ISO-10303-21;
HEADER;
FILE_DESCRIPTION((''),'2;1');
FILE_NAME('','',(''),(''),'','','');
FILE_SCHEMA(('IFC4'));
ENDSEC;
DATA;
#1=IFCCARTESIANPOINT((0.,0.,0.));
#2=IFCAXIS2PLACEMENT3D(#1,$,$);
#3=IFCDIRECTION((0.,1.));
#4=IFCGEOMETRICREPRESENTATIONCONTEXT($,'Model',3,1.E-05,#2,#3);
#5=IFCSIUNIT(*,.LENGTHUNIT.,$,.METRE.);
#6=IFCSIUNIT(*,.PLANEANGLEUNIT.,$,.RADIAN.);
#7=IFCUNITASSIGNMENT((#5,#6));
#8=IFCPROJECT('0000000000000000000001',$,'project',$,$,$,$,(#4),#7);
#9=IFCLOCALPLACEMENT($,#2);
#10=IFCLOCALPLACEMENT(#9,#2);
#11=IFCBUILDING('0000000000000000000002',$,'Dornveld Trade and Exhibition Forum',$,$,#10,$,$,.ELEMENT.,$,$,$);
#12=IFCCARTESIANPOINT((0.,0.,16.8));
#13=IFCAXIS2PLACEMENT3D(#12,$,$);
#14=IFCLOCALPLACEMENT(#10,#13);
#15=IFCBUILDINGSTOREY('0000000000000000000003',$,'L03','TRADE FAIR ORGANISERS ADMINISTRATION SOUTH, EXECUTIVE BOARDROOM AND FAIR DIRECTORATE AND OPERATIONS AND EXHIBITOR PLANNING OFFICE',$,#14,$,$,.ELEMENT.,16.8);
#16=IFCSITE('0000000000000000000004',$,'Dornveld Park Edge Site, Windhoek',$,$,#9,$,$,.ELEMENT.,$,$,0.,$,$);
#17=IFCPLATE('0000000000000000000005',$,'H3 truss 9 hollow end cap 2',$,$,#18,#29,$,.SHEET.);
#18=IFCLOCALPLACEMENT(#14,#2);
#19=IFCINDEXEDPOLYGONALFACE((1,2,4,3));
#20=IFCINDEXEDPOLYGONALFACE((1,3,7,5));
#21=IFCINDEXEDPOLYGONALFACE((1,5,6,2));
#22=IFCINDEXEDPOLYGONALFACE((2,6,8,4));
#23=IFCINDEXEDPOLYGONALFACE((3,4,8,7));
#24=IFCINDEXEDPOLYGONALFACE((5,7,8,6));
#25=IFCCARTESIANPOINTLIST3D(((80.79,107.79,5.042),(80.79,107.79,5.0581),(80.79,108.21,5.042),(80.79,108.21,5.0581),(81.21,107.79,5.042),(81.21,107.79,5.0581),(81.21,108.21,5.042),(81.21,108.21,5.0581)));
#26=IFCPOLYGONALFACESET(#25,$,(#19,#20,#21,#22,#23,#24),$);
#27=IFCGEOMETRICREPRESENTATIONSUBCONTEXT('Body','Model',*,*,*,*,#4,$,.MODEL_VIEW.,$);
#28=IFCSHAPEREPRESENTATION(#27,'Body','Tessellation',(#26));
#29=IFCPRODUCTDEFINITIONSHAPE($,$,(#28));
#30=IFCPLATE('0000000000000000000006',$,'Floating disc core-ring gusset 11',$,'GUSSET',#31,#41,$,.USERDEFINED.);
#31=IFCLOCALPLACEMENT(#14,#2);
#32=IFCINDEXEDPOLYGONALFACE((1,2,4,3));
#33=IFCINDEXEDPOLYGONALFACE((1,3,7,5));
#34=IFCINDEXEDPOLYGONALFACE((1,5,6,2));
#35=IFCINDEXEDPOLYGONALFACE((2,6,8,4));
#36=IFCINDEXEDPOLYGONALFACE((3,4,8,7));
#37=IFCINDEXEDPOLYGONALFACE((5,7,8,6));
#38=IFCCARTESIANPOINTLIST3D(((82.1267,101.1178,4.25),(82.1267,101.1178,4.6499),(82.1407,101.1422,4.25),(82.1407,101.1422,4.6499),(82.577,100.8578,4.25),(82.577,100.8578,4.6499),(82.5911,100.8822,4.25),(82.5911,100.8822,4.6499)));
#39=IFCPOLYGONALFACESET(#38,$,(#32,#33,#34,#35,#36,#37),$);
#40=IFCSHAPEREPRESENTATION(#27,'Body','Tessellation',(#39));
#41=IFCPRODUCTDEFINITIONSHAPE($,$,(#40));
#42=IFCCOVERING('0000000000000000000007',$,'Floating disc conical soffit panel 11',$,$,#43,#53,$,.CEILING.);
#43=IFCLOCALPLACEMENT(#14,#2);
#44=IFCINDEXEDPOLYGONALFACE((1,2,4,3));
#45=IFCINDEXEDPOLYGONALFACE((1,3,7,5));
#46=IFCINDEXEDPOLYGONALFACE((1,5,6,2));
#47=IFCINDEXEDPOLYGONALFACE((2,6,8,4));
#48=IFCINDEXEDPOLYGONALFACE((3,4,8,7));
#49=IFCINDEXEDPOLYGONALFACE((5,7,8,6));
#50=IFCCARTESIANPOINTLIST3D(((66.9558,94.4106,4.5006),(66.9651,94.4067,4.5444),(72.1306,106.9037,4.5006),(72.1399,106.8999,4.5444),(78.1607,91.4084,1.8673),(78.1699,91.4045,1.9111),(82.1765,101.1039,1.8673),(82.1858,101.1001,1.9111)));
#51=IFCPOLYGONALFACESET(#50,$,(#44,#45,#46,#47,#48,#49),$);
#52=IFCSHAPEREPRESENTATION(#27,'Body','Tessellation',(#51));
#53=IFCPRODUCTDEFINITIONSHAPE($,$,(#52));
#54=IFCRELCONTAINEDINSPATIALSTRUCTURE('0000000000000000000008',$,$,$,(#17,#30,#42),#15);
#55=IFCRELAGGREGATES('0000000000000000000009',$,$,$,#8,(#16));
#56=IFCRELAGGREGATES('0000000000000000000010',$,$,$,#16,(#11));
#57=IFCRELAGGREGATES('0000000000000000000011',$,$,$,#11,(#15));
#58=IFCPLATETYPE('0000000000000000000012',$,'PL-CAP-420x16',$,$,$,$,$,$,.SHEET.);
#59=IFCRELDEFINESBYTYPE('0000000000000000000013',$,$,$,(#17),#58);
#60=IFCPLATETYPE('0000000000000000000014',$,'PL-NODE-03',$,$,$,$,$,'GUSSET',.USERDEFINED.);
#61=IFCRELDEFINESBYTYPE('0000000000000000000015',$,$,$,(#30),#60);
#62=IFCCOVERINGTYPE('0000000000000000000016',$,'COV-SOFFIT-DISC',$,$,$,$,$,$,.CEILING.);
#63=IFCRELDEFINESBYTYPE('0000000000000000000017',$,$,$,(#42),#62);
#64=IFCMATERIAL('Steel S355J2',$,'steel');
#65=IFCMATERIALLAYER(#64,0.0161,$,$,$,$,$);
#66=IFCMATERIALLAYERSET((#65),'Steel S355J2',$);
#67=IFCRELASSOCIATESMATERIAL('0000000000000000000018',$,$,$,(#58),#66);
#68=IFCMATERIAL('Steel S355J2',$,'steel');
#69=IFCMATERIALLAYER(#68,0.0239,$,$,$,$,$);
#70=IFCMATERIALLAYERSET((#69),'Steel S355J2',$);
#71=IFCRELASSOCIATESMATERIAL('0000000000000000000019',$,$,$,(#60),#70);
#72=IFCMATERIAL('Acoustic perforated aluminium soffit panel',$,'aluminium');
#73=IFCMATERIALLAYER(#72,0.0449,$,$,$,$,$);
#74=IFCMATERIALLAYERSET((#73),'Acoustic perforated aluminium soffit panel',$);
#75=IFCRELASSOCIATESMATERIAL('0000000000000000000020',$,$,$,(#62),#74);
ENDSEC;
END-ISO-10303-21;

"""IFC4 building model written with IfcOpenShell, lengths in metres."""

from ifc_helpers import new_model, si_unit, direction, frame, origin, origin_2d, place, context, subcontext, project, spatial, polyline, rectangle, outline, extrude, material, layer, layer_set, type_object, element, save


model = new_model("IFC4")

# Units and contexts
model_context = context("Model", 3, precision=1e-05, world=origin(), true_north=direction((0.0, 1.0)))
body_context = subcontext(model_context, "Body", "Model", "MODEL_VIEW")
ifc_project = project(units=[si_unit("LENGTHUNIT", "METRE"), si_unit("PLANEANGLEUNIT", "RADIAN")], contexts=[model_context])

# Site, building, storey
site_placement = place(None, origin())
site = spatial("IfcSite", under=ifc_project, at=site_placement, Name="Dornveld Park Edge Site, Windhoek", CompositionType="ELEMENT", RefElevation=0.0)
building_placement = place(site_placement, origin())
building = spatial("IfcBuilding", under=site, at=building_placement, Name="Dornveld Trade and Exhibition Forum", CompositionType="ELEMENT")
storey_placement = place(building_placement, frame((0.0, 0.0, 16.8)))
storey = spatial("IfcBuildingStorey", under=building, at=storey_placement, Name="L03", Description="TRADE FAIR ORGANISERS ADMINISTRATION SOUTH, EXECUTIVE BOARDROOM AND FAIR DIRECTORATE AND OPERATIONS AND EXHIBITOR PLANNING OFFICE", CompositionType="ELEMENT", Elevation=16.8)

# Plates
ifc_material_1 = material(Name="Steel S355J2", Category="steel")
ifc_layer_1 = layer(ifc_material_1, 0.0161)
ifc_layer_set_1 = layer_set([ifc_layer_1], Name="Steel S355J2")
plate_type_1 = type_object("IfcPlateType", Name="PL-CAP-420x16", PredefinedType="SHEET", material=ifc_layer_set_1)
for number, where, z_axis, x_axis, name in (
    (1, (81.0, 108.0, 5.042), (0.0, 0.0, 1.0), (1.0, 0.0, 0.0), "H3 truss 9 hollow end cap 2"),
):
    element("IfcPlate", number, at=place(storey_placement, frame(where, z_axis=z_axis, x_axis=x_axis)), inside=storey, type_object=plate_type_1, Name=name, PredefinedType="SHEET", context=body_context, shape_type="SweptSolid", body=[
        extrude(rectangle(XDim=0.4199, YDim=0.4199, at=origin_2d()), origin(), (0.0, 0.0, 1.0), 0.0161),
    ])
ifc_material_2 = material(Name="Steel S355J2", Category="steel")
ifc_layer_2 = layer(ifc_material_2, 0.0239)
ifc_layer_set_2 = layer_set([ifc_layer_2], Name="Steel S355J2")
plate_type_2 = type_object("IfcPlateType", Name="PL-NODE-03", ElementType="GUSSET", PredefinedType="USERDEFINED", material=ifc_layer_set_2)
plate_placement = place(storey_placement, frame((82.3589, 101.0, 4.25), z_axis=(0.0, 0.0, 1.0), x_axis=(-0.866025, 0.5, 0.0)))
element("IfcPlate", 2, at=plate_placement, inside=storey, type_object=plate_type_2, Name="Floating disc core-ring gusset 11", ObjectType="GUSSET", PredefinedType="USERDEFINED", context=body_context, shape_type="SweptSolid", body=[
    extrude(rectangle(XDim=0.52, YDim=0.0281, at=origin_2d()), origin(), (0.0, 0.0, 1.0), 0.3999),
])

# Covering
ifc_material_3 = material(Name="Acoustic perforated aluminium soffit panel", Category="aluminium")
ifc_layer_3 = layer(ifc_material_3, 0.0449)
ifc_layer_set_3 = layer_set([ifc_layer_3], Name="Acoustic perforated aluminium soffit panel")
covering_type = type_object("IfcCoveringType", Name="COV-SOFFIT-DISC", PredefinedType="CEILING", material=ifc_layer_set_3)
covering_placement = place(storey_placement, frame((82.1858, 101.1001, 1.9111), z_axis=(0.206203, -0.08541, 0.974775), x_axis=(-0.844545, 0.487582, 0.221377)))
element("IfcCovering", 3, at=covering_placement, inside=storey, type_object=covering_type, Name="Floating disc conical soffit panel 11", PredefinedType="CEILING", context=body_context, shape_type="SweptSolid", body=[
    extrude(outline(polyline([(0.0, 0.0), (11.895, 0.0), (10.174, 13.4125), (-1.3358, 10.409), (0.0, 0.0)])), origin(), (0.0, 0.0, -1.0), 0.0449),
])

save(model, "model.ifc")
